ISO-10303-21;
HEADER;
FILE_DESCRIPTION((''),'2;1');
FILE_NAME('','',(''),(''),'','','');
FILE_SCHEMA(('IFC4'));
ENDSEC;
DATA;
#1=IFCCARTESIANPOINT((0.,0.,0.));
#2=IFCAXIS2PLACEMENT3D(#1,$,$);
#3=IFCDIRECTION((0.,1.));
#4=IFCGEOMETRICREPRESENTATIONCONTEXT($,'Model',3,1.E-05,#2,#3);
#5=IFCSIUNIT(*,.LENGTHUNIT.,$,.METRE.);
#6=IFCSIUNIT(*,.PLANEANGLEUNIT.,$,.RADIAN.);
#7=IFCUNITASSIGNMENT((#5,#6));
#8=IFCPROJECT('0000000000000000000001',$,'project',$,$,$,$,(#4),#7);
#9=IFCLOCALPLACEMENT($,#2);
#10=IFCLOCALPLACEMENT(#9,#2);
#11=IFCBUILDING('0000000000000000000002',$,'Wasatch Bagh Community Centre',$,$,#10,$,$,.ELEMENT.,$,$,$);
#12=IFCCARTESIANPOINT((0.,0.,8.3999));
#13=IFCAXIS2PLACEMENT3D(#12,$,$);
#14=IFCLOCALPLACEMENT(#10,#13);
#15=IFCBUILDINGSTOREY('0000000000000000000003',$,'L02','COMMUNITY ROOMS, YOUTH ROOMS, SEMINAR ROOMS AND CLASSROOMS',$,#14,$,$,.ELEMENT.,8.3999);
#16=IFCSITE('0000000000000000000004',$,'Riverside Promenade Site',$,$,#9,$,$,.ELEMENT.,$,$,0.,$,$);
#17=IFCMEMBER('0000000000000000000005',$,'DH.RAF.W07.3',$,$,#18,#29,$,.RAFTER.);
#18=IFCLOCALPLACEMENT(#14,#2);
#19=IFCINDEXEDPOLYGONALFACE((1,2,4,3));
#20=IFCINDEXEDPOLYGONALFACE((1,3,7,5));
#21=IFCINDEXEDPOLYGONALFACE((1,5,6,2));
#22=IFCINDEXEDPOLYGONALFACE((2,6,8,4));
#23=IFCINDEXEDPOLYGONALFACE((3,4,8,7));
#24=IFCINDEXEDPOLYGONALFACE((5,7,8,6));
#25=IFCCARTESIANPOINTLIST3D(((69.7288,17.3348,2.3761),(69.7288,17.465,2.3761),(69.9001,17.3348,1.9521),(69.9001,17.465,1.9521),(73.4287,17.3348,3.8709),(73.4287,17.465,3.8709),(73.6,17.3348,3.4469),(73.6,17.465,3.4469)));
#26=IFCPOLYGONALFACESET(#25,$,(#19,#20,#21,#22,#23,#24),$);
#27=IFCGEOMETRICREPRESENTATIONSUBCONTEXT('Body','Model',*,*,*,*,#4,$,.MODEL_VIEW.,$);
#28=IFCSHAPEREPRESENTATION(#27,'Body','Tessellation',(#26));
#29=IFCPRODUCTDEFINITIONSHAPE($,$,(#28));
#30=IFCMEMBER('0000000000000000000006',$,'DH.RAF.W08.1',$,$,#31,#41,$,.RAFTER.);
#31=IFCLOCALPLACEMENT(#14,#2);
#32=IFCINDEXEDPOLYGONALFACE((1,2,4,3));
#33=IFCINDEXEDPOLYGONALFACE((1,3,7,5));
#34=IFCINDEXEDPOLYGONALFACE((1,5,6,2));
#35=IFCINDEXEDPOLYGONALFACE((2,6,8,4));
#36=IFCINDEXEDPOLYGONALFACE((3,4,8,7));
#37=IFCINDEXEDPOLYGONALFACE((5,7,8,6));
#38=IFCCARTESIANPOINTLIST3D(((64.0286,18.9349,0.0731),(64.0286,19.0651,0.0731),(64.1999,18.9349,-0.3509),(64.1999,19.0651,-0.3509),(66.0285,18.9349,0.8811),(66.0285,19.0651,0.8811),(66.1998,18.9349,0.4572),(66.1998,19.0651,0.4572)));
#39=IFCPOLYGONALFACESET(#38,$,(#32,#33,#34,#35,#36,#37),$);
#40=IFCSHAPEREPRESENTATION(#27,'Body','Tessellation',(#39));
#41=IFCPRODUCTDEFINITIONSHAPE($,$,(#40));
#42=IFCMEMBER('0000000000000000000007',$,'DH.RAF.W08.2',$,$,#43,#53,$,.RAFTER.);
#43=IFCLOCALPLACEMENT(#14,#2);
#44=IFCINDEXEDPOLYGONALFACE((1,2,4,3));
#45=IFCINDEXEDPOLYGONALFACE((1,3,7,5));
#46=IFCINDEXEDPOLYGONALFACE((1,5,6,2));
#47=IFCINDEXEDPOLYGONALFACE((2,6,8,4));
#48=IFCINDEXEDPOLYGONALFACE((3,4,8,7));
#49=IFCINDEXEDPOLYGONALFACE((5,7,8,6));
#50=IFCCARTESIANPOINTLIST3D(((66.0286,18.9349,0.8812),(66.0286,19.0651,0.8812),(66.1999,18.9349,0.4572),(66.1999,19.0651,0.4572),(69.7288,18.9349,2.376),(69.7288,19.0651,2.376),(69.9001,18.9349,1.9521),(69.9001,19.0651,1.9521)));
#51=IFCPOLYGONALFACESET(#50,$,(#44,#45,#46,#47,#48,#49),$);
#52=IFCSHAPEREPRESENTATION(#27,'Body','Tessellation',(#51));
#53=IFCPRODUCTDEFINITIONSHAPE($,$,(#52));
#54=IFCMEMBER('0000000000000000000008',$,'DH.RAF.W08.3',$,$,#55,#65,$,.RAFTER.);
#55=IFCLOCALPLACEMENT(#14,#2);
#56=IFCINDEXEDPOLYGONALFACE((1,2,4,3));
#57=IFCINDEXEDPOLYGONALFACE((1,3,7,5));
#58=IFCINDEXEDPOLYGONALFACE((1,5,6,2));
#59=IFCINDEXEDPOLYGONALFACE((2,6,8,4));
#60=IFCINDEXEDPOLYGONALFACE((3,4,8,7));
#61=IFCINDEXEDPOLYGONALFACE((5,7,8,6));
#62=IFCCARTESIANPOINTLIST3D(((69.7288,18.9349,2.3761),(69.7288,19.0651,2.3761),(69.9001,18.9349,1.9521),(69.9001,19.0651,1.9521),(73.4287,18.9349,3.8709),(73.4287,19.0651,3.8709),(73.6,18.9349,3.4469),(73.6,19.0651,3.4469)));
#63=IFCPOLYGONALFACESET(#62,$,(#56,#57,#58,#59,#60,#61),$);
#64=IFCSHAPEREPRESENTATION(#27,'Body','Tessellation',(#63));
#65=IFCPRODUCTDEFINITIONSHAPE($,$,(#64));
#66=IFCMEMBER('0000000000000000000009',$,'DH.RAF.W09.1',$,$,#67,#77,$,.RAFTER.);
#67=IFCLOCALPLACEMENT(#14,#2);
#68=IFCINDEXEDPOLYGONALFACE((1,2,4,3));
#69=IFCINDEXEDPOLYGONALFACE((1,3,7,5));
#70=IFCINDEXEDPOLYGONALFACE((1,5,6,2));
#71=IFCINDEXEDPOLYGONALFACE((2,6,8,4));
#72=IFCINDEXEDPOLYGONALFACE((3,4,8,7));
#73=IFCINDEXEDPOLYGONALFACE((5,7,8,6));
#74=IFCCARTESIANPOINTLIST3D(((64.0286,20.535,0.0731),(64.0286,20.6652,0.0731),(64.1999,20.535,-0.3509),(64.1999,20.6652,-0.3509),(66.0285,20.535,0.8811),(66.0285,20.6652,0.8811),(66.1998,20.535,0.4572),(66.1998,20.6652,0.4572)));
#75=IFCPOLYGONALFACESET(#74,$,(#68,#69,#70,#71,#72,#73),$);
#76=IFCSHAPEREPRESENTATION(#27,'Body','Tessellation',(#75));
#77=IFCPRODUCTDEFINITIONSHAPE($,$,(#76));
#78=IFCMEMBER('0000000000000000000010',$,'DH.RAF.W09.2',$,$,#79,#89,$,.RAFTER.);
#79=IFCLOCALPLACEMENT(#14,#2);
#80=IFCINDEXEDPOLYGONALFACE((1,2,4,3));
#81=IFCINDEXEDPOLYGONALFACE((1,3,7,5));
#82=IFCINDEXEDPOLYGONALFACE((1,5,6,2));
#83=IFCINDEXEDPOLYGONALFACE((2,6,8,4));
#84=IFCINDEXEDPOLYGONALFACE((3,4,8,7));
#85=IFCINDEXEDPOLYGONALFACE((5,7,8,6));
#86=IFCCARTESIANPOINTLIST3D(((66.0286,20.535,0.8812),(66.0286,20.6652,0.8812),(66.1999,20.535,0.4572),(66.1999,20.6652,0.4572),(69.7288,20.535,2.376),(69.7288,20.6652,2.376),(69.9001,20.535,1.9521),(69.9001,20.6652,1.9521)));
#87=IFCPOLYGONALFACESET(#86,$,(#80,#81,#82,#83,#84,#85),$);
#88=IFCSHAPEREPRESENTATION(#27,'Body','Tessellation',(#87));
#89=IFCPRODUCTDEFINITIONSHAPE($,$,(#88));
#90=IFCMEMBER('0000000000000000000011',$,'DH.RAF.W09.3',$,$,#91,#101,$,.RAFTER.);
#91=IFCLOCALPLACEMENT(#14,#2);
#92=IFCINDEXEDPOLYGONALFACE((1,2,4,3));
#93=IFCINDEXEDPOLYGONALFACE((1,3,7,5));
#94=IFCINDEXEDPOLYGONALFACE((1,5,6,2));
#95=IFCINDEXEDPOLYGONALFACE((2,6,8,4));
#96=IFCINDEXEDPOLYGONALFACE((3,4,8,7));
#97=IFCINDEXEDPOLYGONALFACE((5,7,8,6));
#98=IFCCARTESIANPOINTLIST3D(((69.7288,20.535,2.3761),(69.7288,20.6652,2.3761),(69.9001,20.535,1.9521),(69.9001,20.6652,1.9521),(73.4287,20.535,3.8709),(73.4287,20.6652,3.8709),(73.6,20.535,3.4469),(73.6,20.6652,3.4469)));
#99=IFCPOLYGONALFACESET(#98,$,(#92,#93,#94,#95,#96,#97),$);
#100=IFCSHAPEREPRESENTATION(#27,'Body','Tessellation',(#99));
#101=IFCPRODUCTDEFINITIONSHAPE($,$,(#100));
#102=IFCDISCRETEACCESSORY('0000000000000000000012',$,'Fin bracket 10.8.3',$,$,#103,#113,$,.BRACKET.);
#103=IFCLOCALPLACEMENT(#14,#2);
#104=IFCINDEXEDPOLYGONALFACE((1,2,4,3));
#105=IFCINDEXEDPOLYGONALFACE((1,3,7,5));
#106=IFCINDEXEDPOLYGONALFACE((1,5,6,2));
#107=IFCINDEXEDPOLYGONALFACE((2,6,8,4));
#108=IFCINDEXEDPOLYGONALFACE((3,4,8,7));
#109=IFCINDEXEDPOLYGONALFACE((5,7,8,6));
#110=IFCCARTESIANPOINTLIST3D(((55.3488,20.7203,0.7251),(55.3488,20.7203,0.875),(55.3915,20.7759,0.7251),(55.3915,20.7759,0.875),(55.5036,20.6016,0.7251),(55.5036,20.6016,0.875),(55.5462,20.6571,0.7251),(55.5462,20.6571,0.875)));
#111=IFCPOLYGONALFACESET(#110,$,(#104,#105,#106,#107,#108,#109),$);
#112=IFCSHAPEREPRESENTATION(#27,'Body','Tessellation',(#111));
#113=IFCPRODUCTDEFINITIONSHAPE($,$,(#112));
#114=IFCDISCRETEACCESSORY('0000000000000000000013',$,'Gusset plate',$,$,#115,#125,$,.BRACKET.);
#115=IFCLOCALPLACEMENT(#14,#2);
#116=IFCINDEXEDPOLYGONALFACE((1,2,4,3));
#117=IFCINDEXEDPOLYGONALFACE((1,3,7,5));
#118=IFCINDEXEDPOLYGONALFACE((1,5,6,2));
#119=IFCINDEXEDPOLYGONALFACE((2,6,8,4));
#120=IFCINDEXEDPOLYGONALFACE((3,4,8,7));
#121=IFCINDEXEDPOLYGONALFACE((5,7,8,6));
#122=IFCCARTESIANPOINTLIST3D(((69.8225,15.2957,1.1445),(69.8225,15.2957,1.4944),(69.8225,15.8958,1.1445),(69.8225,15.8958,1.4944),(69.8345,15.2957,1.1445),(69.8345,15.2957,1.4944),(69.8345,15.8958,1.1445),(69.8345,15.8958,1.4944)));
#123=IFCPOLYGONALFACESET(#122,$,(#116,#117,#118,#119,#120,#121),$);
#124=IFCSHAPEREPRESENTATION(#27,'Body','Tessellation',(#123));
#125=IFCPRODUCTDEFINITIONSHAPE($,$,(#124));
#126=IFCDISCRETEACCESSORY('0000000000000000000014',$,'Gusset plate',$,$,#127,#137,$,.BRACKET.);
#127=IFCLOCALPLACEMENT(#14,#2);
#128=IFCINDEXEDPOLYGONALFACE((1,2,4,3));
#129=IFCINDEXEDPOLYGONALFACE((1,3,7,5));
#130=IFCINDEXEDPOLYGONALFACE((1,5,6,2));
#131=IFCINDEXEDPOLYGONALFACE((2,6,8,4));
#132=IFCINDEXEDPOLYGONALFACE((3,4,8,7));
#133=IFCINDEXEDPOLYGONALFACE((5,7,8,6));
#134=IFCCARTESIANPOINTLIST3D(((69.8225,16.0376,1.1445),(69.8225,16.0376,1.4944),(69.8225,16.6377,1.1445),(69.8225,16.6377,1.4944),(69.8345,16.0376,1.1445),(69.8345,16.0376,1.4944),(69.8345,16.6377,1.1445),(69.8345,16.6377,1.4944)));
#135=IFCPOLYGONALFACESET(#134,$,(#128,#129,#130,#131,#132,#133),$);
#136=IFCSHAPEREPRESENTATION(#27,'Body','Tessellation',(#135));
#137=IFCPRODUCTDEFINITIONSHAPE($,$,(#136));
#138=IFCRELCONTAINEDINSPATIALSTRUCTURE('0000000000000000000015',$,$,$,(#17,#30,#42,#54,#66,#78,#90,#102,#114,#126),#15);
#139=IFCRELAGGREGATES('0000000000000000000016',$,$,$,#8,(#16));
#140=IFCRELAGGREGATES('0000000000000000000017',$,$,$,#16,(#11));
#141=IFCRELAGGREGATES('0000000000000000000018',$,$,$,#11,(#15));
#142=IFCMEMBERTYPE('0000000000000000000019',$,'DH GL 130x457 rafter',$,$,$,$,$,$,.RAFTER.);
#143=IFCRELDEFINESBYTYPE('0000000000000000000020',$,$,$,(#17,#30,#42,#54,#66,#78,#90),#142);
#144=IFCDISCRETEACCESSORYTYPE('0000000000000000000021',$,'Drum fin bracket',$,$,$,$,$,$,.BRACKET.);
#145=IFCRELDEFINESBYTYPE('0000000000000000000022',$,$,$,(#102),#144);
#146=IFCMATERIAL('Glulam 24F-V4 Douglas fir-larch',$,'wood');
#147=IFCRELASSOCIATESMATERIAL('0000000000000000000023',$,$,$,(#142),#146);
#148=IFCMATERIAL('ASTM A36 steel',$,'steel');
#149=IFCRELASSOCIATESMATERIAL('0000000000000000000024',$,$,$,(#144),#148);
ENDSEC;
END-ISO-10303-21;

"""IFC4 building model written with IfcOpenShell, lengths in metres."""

from ifc_helpers import new_model, si_unit, direction, frame, origin, origin_2d, place, context, subcontext, project, spatial, polyline, rectangle, outline, extrude, material, material_profile, profile_set, type_object, element, save


model = new_model("IFC4")

# Units and contexts
model_context = context("Model", 3, precision=1e-05, world=origin(), true_north=direction((0.0, 1.0)))
body_context = subcontext(model_context, "Body", "Model", "MODEL_VIEW")
ifc_project = project(units=[si_unit("LENGTHUNIT", "METRE"), si_unit("PLANEANGLEUNIT", "RADIAN")], contexts=[model_context])

# Site, building, storey
site_placement = place(None, origin())
site = spatial("IfcSite", under=ifc_project, at=site_placement, Name="Riverside Promenade Site", CompositionType="ELEMENT", RefElevation=0.0)
building_placement = place(site_placement, origin())
building = spatial("IfcBuilding", under=site, at=building_placement, Name="Wasatch Bagh Community Centre", CompositionType="ELEMENT")
storey_placement = place(building_placement, frame((0.0, 0.0, 8.3999)))
storey = spatial("IfcBuildingStorey", under=building, at=storey_placement, Name="L02", Description="COMMUNITY ROOMS, YOUTH ROOMS, SEMINAR ROOMS AND CLASSROOMS", CompositionType="ELEMENT", Elevation=8.3999)

# Shared definitions
ifc_material_1 = material(Name="Glulam 24F-V4 Douglas fir-larch", Category="wood")

# Members
ifc_material_profile_1 = material_profile(ifc_material_1, rectangle(XDim=0.1301, YDim=0.4573, at=origin_2d()), Name="GL 130x457")
ifc_profile_set_1 = profile_set([ifc_material_profile_1], Name="Glulam 24F-V4 Douglas fir-larch")
member_type = type_object("IfcMemberType", Name="DH GL 130x457 rafter", PredefinedType="RAFTER", material=ifc_profile_set_1)
member_1_placement = place(storey_placement, frame((69.8145, 17.3999, 2.1641), z_axis=(0.927184, 0.0, 0.374606), x_axis=(0.0, 1.0, 0.0)))
element("IfcMember", 1, at=member_1_placement, inside=storey, type_object=member_type, Name="DH.RAF.W07.3", PredefinedType="RAFTER", context=body_context, shape_type="SweptSolid", body=[
    extrude(rectangle(XDim=0.1301, YDim=0.4573, at=origin_2d()), origin(), (0.0, 0.0, 1.0), 3.9905),
])
member_2_placement = place(storey_placement, frame((64.1143, 19.0, -0.1389), z_axis=(0.927175, 0.0, 0.374628), x_axis=(0.0, 1.0, 0.0)))
element("IfcMember", 2, at=member_2_placement, inside=storey, type_object=member_type, Name="DH.RAF.W08.1", PredefinedType="RAFTER", context=body_context, shape_type="SweptSolid", body=[
    extrude(rectangle(XDim=0.1301, YDim=0.4573, at=origin_2d()), origin(), (0.0, 0.0, 1.0), 2.157),
])
member_3_placement = place(storey_placement, frame((66.1143, 19.0, 0.6692), z_axis=(0.927193, 0.0, 0.374584), x_axis=(0.0, 1.0, 0.0)))
element("IfcMember", 3, at=member_3_placement, inside=storey, type_object=member_type, Name="DH.RAF.W08.2", PredefinedType="RAFTER", context=body_context, shape_type="SweptSolid", body=[
    extrude(rectangle(XDim=0.1301, YDim=0.4573, at=origin_2d()), origin(), (0.0, 0.0, 1.0), 3.9907),
])
member_4_placement = place(storey_placement, frame((69.8145, 19.0, 2.1641), z_axis=(0.927184, 0.0, 0.374606), x_axis=(0.0, 1.0, 0.0)))
element("IfcMember", 4, at=member_4_placement, inside=storey, type_object=member_type, Name="DH.RAF.W08.3", PredefinedType="RAFTER", context=body_context, shape_type="SweptSolid", body=[
    extrude(rectangle(XDim=0.1301, YDim=0.4573, at=origin_2d()), origin(), (0.0, 0.0, 1.0), 3.9905),
])
member_5_placement = place(storey_placement, frame((64.1143, 20.6001, -0.1389), z_axis=(0.927175, 0.0, 0.374628), x_axis=(0.0, 1.0, 0.0)))
element("IfcMember", 5, at=member_5_placement, inside=storey, type_object=member_type, Name="DH.RAF.W09.1", PredefinedType="RAFTER", context=body_context, shape_type="SweptSolid", body=[
    extrude(rectangle(XDim=0.1301, YDim=0.4573, at=origin_2d()), origin(), (0.0, 0.0, 1.0), 2.157),
])
member_6_placement = place(storey_placement, frame((66.1143, 20.6001, 0.6692), z_axis=(0.927193, 0.0, 0.374584), x_axis=(0.0, 1.0, 0.0)))
element("IfcMember", 6, at=member_6_placement, inside=storey, type_object=member_type, Name="DH.RAF.W09.2", PredefinedType="RAFTER", context=body_context, shape_type="SweptSolid", body=[
    extrude(rectangle(XDim=0.1301, YDim=0.4573, at=origin_2d()), origin(), (0.0, 0.0, 1.0), 3.9907),
])
member_7_placement = place(storey_placement, frame((69.8145, 20.6001, 2.1641), z_axis=(0.927184, 0.0, 0.374606), x_axis=(0.0, 1.0, 0.0)))
element("IfcMember", 7, at=member_7_placement, inside=storey, type_object=member_type, Name="DH.RAF.W09.3", PredefinedType="RAFTER", context=body_context, shape_type="SweptSolid", body=[
    extrude(rectangle(XDim=0.1301, YDim=0.4573, at=origin_2d()), origin(), (0.0, 0.0, 1.0), 3.9905),
])

# Discrete accessories
ifc_material_2 = material(Name="ASTM A36 steel", Category="steel")
discrete_accessory_type = type_object("IfcDiscreteAccessoryType", Name="Drum fin bracket", PredefinedType="BRACKET", material=ifc_material_2)
discrete_accessory_placement = place(storey_placement, frame((55.4475, 20.6887, 0.7251), z_axis=(0.0, 0.0, 1.0), x_axis=(0.608761, 0.793353, 0.0)))
element("IfcDiscreteAccessory", 8, at=discrete_accessory_placement, inside=storey, type_object=discrete_accessory_type, Name="Fin bracket 10.8.3", PredefinedType="BRACKET", context=body_context, shape_type="SweptSolid", body=[
    extrude(rectangle(XDim=0.0701, YDim=0.1951, at=origin_2d()), origin(), (0.0, 0.0, 1.0), 0.1499),
])
for number, where, z_axis, x_axis, name in (
    (9, (69.8225, 15.2957, 1.4944), (-1.0, 0.0, 0.0), (0.0, 1.0, 0.0), "Gusset plate"),
    (10, (69.8225, 16.0376, 1.4944), (-1.0, 0.0, 0.0), (0.0, 1.0, 0.0), "Gusset plate"),
):
    element("IfcDiscreteAccessory", number, at=place(storey_placement, frame(where, z_axis=z_axis, x_axis=x_axis)), inside=storey, Name=name, PredefinedType="BRACKET", context=body_context, shape_type="SweptSolid", body=[
        extrude(outline(polyline([(0.0, 0.0), (0.6001, 0.0), (0.6001, 0.3499), (0.0, 0.3499), (0.0, 0.0)])), origin(), (0.0, 0.0, -1.0), 0.012),
    ])

save(model, "model.ifc")
